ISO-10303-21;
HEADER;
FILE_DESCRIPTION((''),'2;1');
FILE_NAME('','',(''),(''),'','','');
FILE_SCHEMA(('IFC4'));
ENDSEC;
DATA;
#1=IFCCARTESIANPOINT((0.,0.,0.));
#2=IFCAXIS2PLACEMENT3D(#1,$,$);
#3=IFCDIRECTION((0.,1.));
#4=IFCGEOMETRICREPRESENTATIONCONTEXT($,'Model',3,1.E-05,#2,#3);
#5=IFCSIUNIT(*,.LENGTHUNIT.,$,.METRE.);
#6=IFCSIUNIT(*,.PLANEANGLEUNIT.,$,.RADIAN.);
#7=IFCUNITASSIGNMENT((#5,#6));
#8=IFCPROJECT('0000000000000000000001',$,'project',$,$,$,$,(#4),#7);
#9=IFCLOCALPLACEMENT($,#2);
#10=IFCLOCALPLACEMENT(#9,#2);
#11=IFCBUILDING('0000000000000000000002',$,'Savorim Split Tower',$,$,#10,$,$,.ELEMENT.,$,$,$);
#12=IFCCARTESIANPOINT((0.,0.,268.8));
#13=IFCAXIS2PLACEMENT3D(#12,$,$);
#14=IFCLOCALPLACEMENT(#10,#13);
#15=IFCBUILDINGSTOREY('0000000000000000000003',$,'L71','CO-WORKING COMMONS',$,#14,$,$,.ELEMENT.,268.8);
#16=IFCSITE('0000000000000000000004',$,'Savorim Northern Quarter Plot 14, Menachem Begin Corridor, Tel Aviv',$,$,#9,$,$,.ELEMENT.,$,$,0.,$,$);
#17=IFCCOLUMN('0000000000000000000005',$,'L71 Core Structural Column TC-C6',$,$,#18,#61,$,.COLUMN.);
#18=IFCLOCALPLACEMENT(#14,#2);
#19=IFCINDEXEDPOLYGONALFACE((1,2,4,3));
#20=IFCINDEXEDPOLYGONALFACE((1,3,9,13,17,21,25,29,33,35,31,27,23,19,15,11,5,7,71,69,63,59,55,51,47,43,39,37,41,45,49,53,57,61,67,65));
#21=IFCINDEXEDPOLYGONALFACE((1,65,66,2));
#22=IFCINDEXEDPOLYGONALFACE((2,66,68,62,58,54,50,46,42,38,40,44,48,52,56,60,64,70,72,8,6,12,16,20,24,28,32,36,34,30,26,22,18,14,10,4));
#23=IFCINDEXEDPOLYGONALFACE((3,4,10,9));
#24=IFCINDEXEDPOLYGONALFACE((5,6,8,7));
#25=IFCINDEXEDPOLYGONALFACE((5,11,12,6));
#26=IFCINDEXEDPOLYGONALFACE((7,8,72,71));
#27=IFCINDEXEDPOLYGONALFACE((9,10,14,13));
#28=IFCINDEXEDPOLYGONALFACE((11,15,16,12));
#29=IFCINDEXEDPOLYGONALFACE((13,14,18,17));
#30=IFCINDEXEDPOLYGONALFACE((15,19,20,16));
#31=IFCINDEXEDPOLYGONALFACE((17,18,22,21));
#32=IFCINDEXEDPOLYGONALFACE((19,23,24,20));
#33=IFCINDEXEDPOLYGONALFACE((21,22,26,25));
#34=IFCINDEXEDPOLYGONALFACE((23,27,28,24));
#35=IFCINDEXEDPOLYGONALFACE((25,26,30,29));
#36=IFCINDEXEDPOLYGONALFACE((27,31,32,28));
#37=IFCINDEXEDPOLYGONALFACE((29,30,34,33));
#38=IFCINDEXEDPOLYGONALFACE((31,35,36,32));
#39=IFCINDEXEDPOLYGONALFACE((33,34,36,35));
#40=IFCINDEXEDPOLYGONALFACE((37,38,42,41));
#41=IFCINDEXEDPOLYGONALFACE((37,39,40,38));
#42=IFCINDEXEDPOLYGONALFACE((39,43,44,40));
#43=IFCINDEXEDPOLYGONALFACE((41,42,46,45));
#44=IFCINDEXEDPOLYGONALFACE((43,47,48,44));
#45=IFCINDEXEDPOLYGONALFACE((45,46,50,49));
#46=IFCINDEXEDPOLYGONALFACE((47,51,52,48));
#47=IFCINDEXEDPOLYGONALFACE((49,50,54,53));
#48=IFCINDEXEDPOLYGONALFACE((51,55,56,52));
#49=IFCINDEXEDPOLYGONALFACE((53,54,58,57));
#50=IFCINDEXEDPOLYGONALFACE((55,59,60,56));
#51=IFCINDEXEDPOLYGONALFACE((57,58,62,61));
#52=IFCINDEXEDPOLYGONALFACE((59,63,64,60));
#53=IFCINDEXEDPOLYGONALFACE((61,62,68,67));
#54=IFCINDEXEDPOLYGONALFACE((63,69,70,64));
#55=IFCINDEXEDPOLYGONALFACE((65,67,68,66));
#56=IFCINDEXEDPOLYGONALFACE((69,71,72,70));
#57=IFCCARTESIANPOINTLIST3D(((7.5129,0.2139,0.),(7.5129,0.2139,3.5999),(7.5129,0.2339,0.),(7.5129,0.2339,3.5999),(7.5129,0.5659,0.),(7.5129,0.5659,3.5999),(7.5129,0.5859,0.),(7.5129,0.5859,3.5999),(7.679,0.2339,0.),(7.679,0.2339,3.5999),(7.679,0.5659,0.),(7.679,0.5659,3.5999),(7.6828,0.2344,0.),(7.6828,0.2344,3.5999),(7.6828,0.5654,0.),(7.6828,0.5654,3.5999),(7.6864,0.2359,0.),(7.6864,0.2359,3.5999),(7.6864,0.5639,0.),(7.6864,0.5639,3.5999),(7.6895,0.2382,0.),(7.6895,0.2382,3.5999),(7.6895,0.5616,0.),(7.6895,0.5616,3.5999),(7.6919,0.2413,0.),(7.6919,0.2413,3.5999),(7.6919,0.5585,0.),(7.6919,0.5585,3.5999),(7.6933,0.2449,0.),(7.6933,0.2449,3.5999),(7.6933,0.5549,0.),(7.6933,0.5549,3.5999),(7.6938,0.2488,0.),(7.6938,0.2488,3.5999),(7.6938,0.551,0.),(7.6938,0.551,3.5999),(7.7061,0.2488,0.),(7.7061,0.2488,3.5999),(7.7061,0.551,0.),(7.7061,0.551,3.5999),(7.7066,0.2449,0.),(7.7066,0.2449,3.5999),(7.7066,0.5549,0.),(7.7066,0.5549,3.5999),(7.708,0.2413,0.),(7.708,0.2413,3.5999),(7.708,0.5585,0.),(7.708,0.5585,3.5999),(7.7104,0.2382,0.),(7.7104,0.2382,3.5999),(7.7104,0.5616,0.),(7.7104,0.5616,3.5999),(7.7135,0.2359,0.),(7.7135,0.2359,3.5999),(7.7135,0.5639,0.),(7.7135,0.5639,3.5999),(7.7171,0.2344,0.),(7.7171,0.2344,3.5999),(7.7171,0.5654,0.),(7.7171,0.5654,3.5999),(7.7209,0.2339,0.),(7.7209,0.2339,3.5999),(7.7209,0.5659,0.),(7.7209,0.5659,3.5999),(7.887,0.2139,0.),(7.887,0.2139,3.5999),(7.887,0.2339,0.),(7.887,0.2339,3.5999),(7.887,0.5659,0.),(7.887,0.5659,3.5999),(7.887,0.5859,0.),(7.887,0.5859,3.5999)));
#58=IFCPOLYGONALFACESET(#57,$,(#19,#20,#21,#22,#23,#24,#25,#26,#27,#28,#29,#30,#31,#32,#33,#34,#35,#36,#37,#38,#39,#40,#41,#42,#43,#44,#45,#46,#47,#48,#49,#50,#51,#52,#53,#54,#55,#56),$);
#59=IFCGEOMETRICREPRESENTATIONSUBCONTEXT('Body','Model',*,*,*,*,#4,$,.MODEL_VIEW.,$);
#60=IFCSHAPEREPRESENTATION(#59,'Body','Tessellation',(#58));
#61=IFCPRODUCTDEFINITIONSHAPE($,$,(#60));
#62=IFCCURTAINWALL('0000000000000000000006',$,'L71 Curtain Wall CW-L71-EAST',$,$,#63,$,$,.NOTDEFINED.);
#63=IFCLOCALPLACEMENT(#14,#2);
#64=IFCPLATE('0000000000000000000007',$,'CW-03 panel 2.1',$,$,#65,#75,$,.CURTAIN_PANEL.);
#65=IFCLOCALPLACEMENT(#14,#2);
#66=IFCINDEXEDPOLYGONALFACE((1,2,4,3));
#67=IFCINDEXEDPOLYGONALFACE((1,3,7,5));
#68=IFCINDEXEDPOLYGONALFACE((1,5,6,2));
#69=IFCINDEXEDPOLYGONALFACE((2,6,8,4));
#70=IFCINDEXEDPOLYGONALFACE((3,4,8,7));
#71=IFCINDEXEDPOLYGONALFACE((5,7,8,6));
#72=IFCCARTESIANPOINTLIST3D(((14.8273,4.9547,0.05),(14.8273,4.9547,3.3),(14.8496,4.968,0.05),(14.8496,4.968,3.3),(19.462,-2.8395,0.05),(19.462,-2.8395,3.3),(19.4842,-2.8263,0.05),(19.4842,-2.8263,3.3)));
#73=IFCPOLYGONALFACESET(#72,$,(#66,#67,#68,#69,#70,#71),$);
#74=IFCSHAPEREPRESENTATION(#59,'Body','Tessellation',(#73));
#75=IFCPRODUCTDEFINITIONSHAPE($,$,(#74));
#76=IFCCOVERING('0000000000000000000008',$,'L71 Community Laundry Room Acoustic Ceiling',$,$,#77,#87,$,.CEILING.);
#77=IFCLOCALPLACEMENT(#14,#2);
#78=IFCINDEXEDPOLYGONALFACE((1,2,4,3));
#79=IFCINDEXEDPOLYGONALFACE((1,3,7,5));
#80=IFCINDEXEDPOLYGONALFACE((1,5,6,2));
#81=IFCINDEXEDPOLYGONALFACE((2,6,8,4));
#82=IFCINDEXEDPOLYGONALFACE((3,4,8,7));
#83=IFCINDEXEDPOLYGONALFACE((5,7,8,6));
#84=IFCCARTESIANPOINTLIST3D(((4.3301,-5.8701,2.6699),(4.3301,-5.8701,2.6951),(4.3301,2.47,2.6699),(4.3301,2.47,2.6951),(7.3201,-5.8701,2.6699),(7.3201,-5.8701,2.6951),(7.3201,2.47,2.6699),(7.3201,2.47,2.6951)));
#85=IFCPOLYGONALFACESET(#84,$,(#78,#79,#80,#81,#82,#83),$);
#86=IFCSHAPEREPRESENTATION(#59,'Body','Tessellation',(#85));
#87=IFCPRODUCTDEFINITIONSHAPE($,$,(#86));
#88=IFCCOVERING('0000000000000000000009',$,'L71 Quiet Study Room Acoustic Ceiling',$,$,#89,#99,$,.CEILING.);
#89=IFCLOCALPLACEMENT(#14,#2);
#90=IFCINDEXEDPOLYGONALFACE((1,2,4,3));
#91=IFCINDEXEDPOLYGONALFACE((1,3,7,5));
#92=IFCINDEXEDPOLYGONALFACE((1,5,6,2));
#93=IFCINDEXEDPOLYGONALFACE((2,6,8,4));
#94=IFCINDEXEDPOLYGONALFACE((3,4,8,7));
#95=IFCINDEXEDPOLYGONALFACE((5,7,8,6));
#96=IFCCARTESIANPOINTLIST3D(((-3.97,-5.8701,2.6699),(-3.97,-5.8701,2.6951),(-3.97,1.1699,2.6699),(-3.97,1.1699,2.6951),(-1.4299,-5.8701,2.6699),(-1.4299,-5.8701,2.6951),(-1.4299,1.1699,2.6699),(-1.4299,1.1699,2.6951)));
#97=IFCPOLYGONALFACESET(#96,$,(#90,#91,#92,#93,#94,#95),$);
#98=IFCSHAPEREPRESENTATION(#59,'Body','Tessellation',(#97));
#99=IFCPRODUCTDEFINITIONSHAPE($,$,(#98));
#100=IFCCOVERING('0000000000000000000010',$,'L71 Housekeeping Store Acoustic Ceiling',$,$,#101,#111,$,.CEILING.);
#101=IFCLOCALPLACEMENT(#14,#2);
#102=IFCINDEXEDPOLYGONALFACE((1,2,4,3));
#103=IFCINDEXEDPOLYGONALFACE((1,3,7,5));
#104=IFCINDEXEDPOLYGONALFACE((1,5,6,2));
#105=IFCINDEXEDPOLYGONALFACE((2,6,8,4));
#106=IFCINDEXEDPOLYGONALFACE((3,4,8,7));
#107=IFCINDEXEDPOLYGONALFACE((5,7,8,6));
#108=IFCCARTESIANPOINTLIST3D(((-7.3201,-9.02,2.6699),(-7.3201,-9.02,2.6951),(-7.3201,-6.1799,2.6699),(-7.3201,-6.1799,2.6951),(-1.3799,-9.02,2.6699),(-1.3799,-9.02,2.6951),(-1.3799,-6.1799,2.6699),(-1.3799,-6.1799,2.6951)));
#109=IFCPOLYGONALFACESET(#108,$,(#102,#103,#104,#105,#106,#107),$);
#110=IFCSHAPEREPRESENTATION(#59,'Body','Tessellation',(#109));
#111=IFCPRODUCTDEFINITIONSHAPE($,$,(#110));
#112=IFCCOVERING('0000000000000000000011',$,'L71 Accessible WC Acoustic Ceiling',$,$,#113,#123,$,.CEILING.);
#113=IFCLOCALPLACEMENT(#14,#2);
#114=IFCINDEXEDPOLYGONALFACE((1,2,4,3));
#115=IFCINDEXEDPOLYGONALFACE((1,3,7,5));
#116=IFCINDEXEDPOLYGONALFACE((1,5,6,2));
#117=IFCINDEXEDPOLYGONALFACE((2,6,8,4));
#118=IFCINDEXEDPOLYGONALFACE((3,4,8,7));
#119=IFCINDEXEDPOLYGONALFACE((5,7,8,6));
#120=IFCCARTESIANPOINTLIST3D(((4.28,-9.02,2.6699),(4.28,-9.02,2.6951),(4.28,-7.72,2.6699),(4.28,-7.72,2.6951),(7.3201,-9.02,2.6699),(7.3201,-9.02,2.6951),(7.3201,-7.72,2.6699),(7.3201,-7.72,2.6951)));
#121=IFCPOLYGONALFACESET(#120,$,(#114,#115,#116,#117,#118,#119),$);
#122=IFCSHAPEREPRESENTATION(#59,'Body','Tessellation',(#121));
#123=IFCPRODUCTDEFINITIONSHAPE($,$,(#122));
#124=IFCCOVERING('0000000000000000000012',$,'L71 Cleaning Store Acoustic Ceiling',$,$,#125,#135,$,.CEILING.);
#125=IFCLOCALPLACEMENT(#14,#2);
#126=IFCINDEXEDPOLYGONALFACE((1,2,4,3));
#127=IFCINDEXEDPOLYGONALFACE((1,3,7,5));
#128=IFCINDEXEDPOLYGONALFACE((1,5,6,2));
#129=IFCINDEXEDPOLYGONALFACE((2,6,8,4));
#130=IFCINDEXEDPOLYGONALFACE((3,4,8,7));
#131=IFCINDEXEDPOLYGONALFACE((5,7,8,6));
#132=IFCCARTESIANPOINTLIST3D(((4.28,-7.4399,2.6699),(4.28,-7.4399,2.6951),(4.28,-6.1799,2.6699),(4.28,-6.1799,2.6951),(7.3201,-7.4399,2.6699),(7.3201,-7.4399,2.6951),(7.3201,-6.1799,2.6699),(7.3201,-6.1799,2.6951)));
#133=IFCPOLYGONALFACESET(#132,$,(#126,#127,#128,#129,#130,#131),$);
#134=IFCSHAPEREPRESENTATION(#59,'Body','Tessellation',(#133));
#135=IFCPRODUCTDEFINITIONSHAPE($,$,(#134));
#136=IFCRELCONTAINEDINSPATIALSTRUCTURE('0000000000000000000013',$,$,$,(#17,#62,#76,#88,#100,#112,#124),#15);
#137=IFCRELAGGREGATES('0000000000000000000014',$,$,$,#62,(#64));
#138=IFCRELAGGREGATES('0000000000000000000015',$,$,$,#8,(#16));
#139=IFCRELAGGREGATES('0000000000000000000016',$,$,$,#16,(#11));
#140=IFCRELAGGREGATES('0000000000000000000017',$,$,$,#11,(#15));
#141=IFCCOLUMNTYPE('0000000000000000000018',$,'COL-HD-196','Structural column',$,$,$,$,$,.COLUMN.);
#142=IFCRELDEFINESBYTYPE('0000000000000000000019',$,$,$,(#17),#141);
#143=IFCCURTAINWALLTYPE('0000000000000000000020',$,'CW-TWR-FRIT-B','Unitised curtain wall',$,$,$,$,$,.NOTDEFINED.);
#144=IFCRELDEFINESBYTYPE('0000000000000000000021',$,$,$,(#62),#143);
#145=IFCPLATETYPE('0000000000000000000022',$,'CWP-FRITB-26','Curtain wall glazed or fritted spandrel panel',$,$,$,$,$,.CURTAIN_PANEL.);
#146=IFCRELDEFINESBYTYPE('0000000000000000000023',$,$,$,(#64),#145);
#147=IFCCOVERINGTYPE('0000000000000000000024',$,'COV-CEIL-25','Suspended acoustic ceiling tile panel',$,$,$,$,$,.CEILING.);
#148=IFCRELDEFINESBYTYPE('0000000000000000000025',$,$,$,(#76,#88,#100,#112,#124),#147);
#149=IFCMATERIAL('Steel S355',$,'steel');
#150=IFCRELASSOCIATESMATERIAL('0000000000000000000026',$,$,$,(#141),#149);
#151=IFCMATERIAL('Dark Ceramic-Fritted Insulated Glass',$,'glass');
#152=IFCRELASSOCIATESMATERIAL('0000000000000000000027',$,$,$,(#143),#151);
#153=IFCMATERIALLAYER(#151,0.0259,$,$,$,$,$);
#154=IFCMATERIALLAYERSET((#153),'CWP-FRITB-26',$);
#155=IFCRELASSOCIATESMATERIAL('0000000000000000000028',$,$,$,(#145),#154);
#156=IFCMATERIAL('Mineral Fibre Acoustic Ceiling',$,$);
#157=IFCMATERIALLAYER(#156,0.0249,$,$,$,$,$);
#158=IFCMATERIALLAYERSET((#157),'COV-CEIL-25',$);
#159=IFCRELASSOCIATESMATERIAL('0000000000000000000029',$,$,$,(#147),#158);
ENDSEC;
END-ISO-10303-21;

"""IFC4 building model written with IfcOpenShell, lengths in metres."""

from ifc_helpers import new_model, si_unit, direction, frame, origin, origin_2d, place, context, subcontext, project, spatial, polyline, rectangle, i_section, outline, extrude, material, layer, layer_set, material_profile, profile_set, type_object, element, aggregate, save


model = new_model("IFC4")

# Units and contexts
model_context = context("Model", 3, precision=1e-05, world=origin(), true_north=direction((0.0, 1.0)))
body_context = subcontext(model_context, "Body", "Model", "MODEL_VIEW")
ifc_project = project(units=[si_unit("LENGTHUNIT", "METRE"), si_unit("PLANEANGLEUNIT", "RADIAN")], contexts=[model_context])

# Site, building, storey
site_placement = place(None, origin())
site = spatial("IfcSite", under=ifc_project, at=site_placement, Name="Savorim Northern Quarter Plot 14, Menachem Begin Corridor, Tel Aviv", CompositionType="ELEMENT", RefElevation=0.0)
building_placement = place(site_placement, origin())
building = spatial("IfcBuilding", under=site, at=building_placement, Name="Savorim Split Tower", CompositionType="ELEMENT")
storey_placement = place(building_placement, frame((0.0, 0.0, 268.8)))
storey = spatial("IfcBuildingStorey", under=building, at=storey_placement, Name="L71", Description="CO-WORKING COMMONS", CompositionType="ELEMENT", Elevation=268.8)

# Column
ifc_material_1 = material(Name="Steel S355", Category="steel")
ifc_material_profile = material_profile(ifc_material_1, i_section(OverallWidth=0.374, OverallDepth=0.3721, WebThickness=0.0122, FlangeThickness=0.02, FilletRadius=0.0149, at=origin_2d()), Name="HD 360x196")
ifc_profile_set = profile_set([ifc_material_profile], Name="Steel S355")
column_type = type_object("IfcColumnType", Name="COL-HD-196", Description="Structural column", PredefinedType="COLUMN", material=ifc_profile_set)
column_placement = place(storey_placement, frame((7.7, 0.3999, 0.0), z_axis=(0.0, 0.0, 1.0), x_axis=(1.0, 0.0, 0.0)))
element("IfcColumn", 1, at=column_placement, inside=storey, type_object=column_type, Name="L71 Core Structural Column TC-C6", PredefinedType="COLUMN", context=body_context, shape_type="SweptSolid", body=[
    extrude(i_section(OverallWidth=0.374, OverallDepth=0.3721, WebThickness=0.0122, FlangeThickness=0.02, FilletRadius=0.0149, at=origin_2d()), origin(), (0.0, 0.0, 1.0), 3.5999),
])

# Curtain wall, plate
ifc_material_2 = material(Name="Dark Ceramic-Fritted Insulated Glass", Category="glass")
curtain_wall_type = type_object("IfcCurtainWallType", Name="CW-TWR-FRIT-B", Description="Unitised curtain wall", PredefinedType="NOTDEFINED", material=ifc_material_2)
curtain_wall_placement = place(storey_placement, origin())
curtain_wall = element("IfcCurtainWall", 2, at=curtain_wall_placement, inside=storey, type_object=curtain_wall_type, Name="L71 Curtain Wall CW-L71-EAST", PredefinedType="NOTDEFINED")
ifc_layer_1 = layer(ifc_material_2, 0.0259)
ifc_layer_set_1 = layer_set([ifc_layer_1], Name="CWP-FRITB-26")
plate_type = type_object("IfcPlateType", Name="CWP-FRITB-26", Description="Curtain wall glazed or fritted spandrel panel", PredefinedType="CURTAIN_PANEL", material=ifc_layer_set_1)
plate_placement = place(storey_placement, frame((17.1558, 1.0642, 0.05), z_axis=(0.0, 0.0, 1.0), x_axis=(-0.51109, 0.859527, 0.0)))
plate = element("IfcPlate", 3, at=plate_placement, type_object=plate_type, Name="CW-03 panel 2.1", PredefinedType="CURTAIN_PANEL", context=body_context, shape_type="SweptSolid", body=[
    extrude(rectangle(XDim=9.0681, YDim=0.0259, at=origin_2d()), origin(), (0.0, 0.0, 1.0), 3.25),
])
aggregate(curtain_wall, [plate])

# Coverings
ifc_material_3 = material(Name="Mineral Fibre Acoustic Ceiling")
ifc_layer_2 = layer(ifc_material_3, 0.0249)
ifc_layer_set_2 = layer_set([ifc_layer_2], Name="COV-CEIL-25")
covering_type_1 = type_object("IfcCoveringType", Name="COV-CEIL-25", Description="Suspended acoustic ceiling tile panel", PredefinedType="CEILING", material=ifc_layer_set_2)
covering_1_placement = place(storey_placement, frame((0.0, 0.0, 2.6699)))
element("IfcCovering", 4, at=covering_1_placement, inside=storey, type_object=covering_type_1, Name="L71 Community Laundry Room Acoustic Ceiling", PredefinedType="CEILING", context=body_context, shape_type="SweptSolid", body=[
    extrude(outline(polyline([(4.3301, 2.47), (4.3301, -5.8701), (7.3201, -5.8701), (7.3201, 2.47), (4.3301, 2.47)])), origin(), (0.0, 0.0, 1.0), 0.0251),
])
covering_2_placement = place(storey_placement, frame((0.0, 0.0, 2.6699)))
element("IfcCovering", 5, at=covering_2_placement, inside=storey, type_object=covering_type_1, Name="L71 Quiet Study Room Acoustic Ceiling", PredefinedType="CEILING", context=body_context, shape_type="SweptSolid", body=[
    extrude(outline(polyline([(-3.97, 1.1699), (-3.97, -5.8701), (-1.4299, -5.8701), (-1.4299, 1.1699), (-3.97, 1.1699)])), origin(), (0.0, 0.0, 1.0), 0.0251),
])
covering_3_placement = place(storey_placement, frame((0.0, 0.0, 2.6699)))
element("IfcCovering", 6, at=covering_3_placement, inside=storey, type_object=covering_type_1, Name="L71 Housekeeping Store Acoustic Ceiling", PredefinedType="CEILING", context=body_context, shape_type="SweptSolid", body=[
    extrude(outline(polyline([(-7.3201, -6.1799), (-7.3201, -9.02), (-1.3799, -9.02), (-1.3799, -6.1799), (-7.3201, -6.1799)])), origin(), (0.0, 0.0, 1.0), 0.0251),
])
covering_4_placement = place(storey_placement, frame((0.0, 0.0, 2.6699)))
element("IfcCovering", 7, at=covering_4_placement, inside=storey, type_object=covering_type_1, Name="L71 Accessible WC Acoustic Ceiling", PredefinedType="CEILING", context=body_context, shape_type="SweptSolid", body=[
    extrude(outline(polyline([(4.28, -7.72), (4.28, -9.02), (7.3201, -9.02), (7.3201, -7.72), (4.28, -7.72)])), origin(), (0.0, 0.0, 1.0), 0.0251),
])
covering_5_placement = place(storey_placement, frame((0.0, 0.0, 2.6699)))
element("IfcCovering", 8, at=covering_5_placement, inside=storey, type_object=covering_type_1, Name="L71 Cleaning Store Acoustic Ceiling", PredefinedType="CEILING", context=body_context, shape_type="SweptSolid", body=[
    extrude(outline(polyline([(4.28, -6.1799), (4.28, -7.4399), (7.3201, -7.4399), (7.3201, -6.1799), (4.28, -6.1799)])), origin(), (0.0, 0.0, 1.0), 0.0251),
])

save(model, "model.ifc")
